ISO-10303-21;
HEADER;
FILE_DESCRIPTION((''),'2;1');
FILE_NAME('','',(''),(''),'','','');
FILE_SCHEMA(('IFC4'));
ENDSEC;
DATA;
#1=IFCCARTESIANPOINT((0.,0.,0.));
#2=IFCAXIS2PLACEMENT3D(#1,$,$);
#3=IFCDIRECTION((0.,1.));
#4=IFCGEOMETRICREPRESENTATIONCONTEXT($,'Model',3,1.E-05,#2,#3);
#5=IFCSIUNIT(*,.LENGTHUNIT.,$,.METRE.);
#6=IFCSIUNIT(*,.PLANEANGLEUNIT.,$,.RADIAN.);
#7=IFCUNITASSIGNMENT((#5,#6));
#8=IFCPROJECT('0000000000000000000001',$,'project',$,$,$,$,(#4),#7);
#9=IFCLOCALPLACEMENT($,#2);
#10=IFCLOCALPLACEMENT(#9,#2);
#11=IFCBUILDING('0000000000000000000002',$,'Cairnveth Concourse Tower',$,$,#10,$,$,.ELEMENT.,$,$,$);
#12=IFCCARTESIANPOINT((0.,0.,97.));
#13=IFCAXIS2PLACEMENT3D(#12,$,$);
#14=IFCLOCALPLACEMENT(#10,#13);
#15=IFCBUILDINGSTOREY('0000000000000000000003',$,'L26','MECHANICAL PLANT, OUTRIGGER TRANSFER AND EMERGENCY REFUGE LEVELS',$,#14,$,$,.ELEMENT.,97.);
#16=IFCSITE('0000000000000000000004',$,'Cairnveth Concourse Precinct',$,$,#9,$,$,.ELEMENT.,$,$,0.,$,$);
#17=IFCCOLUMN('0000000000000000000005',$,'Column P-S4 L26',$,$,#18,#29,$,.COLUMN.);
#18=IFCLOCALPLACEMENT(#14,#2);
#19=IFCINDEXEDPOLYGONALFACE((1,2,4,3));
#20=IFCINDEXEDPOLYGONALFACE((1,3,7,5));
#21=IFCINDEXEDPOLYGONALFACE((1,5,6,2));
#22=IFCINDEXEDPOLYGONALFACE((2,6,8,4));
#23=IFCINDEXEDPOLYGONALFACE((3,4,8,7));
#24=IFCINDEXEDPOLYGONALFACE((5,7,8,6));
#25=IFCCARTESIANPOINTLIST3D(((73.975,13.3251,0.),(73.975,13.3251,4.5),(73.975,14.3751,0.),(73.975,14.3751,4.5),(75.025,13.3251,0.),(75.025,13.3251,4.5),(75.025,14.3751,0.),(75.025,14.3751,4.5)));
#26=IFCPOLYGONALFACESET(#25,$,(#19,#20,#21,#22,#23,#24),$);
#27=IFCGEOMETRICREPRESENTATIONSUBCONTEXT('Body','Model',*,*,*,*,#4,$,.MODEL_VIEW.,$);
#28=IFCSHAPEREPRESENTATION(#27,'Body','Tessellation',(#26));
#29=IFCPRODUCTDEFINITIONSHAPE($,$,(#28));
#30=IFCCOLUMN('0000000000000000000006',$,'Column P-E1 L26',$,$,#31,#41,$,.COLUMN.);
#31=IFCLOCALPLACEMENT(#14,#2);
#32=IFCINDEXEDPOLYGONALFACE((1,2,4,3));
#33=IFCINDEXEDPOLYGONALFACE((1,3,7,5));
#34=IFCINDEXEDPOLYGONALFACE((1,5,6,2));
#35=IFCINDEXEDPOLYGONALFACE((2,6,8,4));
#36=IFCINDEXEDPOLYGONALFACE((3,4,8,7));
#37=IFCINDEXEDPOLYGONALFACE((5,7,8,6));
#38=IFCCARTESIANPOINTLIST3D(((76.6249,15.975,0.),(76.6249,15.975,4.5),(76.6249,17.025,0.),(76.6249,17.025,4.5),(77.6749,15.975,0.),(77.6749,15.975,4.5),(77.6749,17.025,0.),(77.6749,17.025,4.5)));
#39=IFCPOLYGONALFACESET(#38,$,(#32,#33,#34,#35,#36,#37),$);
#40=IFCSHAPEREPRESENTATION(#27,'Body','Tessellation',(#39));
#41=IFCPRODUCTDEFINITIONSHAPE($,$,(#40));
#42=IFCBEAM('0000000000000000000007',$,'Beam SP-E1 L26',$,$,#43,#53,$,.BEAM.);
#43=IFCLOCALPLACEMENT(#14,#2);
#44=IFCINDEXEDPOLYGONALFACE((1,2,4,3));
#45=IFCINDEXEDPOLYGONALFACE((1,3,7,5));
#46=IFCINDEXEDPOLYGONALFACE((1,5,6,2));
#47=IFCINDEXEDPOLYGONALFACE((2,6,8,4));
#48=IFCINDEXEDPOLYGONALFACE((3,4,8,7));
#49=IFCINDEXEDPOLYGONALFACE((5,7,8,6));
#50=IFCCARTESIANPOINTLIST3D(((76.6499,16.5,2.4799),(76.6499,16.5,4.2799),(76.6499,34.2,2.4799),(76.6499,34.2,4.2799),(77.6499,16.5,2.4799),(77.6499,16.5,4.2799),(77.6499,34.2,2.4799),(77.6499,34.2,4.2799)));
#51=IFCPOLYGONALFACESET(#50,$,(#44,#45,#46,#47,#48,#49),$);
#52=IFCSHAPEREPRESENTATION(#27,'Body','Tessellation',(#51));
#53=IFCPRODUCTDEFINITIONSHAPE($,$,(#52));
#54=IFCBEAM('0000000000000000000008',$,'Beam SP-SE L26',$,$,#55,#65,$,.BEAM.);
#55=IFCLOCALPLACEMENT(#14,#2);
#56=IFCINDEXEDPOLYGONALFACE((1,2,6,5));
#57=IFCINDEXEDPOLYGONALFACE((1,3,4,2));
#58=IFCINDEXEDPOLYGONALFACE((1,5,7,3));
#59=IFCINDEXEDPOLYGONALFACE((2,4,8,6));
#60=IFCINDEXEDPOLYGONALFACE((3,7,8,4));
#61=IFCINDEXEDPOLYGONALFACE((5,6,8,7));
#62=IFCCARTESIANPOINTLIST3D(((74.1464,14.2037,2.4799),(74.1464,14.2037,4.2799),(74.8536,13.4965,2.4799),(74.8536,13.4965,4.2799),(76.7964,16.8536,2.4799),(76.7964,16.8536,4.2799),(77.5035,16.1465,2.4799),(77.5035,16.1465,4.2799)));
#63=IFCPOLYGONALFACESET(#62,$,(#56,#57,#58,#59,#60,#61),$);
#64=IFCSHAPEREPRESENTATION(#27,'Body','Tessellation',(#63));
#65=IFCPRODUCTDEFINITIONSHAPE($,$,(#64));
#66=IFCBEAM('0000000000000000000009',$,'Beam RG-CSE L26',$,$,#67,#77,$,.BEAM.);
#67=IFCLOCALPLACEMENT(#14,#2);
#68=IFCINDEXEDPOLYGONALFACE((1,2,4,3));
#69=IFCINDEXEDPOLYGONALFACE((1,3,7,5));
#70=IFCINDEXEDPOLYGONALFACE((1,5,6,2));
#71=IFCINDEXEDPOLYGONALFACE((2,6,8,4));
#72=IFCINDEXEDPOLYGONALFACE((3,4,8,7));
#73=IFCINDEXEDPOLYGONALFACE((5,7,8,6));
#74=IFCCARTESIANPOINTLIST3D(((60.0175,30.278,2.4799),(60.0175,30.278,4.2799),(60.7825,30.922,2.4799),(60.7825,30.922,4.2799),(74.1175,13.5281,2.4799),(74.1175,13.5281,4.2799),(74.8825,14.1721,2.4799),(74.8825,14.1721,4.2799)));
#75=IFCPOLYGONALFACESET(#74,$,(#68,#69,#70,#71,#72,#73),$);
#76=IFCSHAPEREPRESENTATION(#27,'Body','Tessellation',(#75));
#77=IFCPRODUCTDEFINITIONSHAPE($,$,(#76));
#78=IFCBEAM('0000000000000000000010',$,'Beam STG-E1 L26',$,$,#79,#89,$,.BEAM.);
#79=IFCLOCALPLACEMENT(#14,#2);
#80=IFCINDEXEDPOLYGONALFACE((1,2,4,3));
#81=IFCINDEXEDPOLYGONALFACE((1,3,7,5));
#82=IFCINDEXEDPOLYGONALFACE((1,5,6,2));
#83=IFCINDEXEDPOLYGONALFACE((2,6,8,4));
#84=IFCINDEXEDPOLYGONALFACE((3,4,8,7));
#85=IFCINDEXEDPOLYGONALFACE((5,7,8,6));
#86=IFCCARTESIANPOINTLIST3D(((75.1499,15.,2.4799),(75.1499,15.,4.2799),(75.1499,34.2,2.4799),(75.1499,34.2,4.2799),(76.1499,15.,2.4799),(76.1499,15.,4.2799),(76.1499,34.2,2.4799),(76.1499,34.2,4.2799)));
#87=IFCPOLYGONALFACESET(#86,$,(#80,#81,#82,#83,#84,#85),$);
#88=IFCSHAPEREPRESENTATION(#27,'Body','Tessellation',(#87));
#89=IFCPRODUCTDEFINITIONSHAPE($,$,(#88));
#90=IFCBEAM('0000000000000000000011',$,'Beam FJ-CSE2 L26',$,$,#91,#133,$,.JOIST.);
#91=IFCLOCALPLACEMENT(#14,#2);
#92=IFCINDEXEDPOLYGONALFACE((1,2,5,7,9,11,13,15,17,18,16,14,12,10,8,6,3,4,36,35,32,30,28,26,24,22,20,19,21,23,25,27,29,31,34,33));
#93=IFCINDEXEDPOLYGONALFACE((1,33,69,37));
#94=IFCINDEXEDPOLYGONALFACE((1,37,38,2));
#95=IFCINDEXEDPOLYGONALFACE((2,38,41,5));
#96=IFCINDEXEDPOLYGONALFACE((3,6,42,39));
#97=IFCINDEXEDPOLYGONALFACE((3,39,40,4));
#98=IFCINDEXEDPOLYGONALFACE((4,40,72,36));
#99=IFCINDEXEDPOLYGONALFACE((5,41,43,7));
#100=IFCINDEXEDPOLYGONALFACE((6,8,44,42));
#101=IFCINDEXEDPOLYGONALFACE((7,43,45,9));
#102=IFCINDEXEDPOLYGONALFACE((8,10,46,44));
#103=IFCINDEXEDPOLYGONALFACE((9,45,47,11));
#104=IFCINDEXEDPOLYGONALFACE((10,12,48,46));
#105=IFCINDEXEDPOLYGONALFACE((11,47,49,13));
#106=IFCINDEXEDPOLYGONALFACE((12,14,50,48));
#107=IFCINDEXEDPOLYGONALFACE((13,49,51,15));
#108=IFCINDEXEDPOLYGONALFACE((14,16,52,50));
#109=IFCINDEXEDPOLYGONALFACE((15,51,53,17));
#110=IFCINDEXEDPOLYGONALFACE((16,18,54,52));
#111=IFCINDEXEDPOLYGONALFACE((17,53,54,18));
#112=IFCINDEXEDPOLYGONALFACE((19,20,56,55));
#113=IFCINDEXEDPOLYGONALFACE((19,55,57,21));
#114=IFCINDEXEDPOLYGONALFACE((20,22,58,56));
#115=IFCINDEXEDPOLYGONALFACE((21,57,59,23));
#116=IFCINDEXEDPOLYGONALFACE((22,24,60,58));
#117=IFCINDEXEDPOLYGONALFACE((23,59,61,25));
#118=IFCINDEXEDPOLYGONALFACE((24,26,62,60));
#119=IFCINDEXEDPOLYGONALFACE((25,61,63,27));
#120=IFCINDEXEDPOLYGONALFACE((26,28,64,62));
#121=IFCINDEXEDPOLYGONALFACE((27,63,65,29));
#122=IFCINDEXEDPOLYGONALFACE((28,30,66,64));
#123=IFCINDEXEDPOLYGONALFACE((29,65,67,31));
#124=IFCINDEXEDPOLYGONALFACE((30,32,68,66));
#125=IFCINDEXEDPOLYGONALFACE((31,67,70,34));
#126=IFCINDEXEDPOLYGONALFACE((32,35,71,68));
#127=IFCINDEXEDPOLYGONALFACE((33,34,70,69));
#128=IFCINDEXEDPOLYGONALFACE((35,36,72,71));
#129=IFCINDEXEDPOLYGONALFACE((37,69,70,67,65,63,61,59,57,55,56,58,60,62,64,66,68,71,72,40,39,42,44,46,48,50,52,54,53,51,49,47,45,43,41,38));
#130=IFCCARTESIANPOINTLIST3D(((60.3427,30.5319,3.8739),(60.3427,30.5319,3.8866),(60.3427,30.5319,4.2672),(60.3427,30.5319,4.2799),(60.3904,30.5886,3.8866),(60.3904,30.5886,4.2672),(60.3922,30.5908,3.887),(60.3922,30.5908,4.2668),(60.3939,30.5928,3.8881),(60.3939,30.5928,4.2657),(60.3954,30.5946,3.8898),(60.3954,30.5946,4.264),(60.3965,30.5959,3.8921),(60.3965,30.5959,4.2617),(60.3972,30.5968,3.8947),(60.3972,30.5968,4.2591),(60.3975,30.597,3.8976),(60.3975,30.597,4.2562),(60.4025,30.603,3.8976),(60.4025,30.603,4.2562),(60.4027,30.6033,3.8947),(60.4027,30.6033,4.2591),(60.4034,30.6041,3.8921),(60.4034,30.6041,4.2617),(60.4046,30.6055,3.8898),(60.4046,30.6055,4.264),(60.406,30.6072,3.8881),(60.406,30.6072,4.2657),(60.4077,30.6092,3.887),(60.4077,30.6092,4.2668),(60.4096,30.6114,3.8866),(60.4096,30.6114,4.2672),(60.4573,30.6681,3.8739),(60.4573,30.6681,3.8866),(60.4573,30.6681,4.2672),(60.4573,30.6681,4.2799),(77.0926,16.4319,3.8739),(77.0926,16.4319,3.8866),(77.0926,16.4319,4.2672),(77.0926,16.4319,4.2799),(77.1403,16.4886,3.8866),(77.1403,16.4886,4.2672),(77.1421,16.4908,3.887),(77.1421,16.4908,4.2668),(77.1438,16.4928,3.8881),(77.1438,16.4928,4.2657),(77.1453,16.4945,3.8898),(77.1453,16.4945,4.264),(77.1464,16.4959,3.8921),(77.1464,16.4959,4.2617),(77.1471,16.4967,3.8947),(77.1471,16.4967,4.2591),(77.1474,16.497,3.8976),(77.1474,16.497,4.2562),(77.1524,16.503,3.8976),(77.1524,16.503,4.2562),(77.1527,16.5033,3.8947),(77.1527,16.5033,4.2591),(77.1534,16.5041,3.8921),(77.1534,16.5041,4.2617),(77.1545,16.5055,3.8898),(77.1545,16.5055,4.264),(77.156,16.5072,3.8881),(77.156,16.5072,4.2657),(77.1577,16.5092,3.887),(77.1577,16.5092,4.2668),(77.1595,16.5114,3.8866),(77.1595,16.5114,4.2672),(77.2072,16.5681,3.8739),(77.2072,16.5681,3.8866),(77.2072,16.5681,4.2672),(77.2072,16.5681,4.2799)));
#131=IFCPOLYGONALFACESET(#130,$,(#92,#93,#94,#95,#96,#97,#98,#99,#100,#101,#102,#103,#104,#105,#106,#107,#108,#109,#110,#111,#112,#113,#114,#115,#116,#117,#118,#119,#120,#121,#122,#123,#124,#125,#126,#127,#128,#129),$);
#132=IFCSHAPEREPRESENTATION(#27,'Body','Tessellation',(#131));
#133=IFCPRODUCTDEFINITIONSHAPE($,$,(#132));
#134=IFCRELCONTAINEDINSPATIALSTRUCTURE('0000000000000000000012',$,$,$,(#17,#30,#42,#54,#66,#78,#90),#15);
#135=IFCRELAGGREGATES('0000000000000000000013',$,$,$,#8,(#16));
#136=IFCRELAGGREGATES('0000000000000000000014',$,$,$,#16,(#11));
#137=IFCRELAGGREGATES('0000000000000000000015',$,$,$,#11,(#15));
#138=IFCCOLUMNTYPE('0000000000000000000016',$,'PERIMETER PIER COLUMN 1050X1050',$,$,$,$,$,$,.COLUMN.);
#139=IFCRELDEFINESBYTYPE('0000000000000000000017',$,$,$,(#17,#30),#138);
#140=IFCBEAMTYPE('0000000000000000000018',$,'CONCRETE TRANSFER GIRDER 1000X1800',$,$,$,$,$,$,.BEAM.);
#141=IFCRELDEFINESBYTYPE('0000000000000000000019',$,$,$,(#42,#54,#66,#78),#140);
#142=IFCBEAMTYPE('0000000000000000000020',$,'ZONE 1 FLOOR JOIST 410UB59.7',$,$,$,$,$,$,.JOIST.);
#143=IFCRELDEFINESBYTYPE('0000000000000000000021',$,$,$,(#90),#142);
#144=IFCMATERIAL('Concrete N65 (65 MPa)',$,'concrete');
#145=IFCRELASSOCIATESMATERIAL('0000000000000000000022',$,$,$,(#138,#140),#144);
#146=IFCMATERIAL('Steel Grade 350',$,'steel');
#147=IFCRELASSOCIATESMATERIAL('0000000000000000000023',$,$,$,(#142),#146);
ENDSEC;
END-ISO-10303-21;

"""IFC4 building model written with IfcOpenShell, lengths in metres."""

from ifc_helpers import new_model, si_unit, direction, frame, origin, origin_2d, place, context, subcontext, project, spatial, rectangle, i_section, extrude, material, material_profile, profile_set, type_object, element, save


model = new_model("IFC4")

# Units and contexts
model_context = context("Model", 3, precision=1e-05, world=origin(), true_north=direction((0.0, 1.0)))
body_context = subcontext(model_context, "Body", "Model", "MODEL_VIEW")
ifc_project = project(units=[si_unit("LENGTHUNIT", "METRE"), si_unit("PLANEANGLEUNIT", "RADIAN")], contexts=[model_context])

# Site, building, storey
site_placement = place(None, origin())
site = spatial("IfcSite", under=ifc_project, at=site_placement, Name="Cairnveth Concourse Precinct", CompositionType="ELEMENT", RefElevation=0.0)
building_placement = place(site_placement, origin())
building = spatial("IfcBuilding", under=site, at=building_placement, Name="Cairnveth Concourse Tower", CompositionType="ELEMENT")
storey_placement = place(building_placement, frame((0.0, 0.0, 97.0)))
storey = spatial("IfcBuildingStorey", under=building, at=storey_placement, Name="L26", Description="MECHANICAL PLANT, OUTRIGGER TRANSFER AND EMERGENCY REFUGE LEVELS", CompositionType="ELEMENT", Elevation=97.0)

# Columns
ifc_material_1 = material(Name="Concrete N65 (65 MPa)", Category="concrete")
ifc_material_profile_1 = material_profile(ifc_material_1, rectangle(XDim=1.05, YDim=1.05, at=origin_2d()), Name="RC-COL-1050x1050")
ifc_profile_set_1 = profile_set([ifc_material_profile_1], Name="Concrete N65 (65 MPa)")
column_type = type_object("IfcColumnType", Name="PERIMETER PIER COLUMN 1050X1050", PredefinedType="COLUMN", material=ifc_profile_set_1)
for number, where, z_axis, x_axis, name in (
    (1, (74.5, 13.8501, 0.0), (0.0, 0.0, 1.0), (1.0, 0.0, 0.0), "Column P-S4 L26"),
    (2, (77.1499, 16.5, 0.0), (0.0, 0.0, 1.0), (0.0, 1.0, 0.0), "Column P-E1 L26"),
):
    element("IfcColumn", number, at=place(storey_placement, frame(where, z_axis=z_axis, x_axis=x_axis)), inside=storey, type_object=column_type, Name=name, PredefinedType="COLUMN", context=body_context, shape_type="SweptSolid", body=[
        extrude(rectangle(XDim=1.05, YDim=1.05, at=origin_2d()), origin(), (0.0, 0.0, 1.0), 4.5),
    ])

# Beams
ifc_material_profile_2 = material_profile(ifc_material_1, rectangle(XDim=1.0, YDim=1.8, at=origin_2d()), Name="RC-TB-1000x1800")
ifc_profile_set_2 = profile_set([ifc_material_profile_2], Name="Concrete N65 (65 MPa)")
beam_type_1 = type_object("IfcBeamType", Name="CONCRETE TRANSFER GIRDER 1000X1800", PredefinedType="BEAM", material=ifc_profile_set_2)
beam_1_placement = place(storey_placement, frame((77.1499, 16.5, 3.3799), z_axis=(0.0, 1.0, 0.0), x_axis=(-1.0, 0.0, 0.0)))
element("IfcBeam", 3, at=beam_1_placement, inside=storey, type_object=beam_type_1, Name="Beam SP-E1 L26", PredefinedType="BEAM", context=body_context, shape_type="SweptSolid", body=[
    extrude(rectangle(XDim=1.0, YDim=1.8, at=origin_2d()), origin(), (0.0, 0.0, 1.0), 17.7),
])
beam_2_placement = place(storey_placement, frame((74.5, 13.8501, 3.3799), z_axis=(0.707107, 0.707107, 0.0), x_axis=(-0.707107, 0.707107, 0.0)))
element("IfcBeam", 4, at=beam_2_placement, inside=storey, type_object=beam_type_1, Name="Beam SP-SE L26", PredefinedType="BEAM", context=body_context, shape_type="SweptSolid", body=[
    extrude(rectangle(XDim=1.0, YDim=1.8, at=origin_2d()), origin(), (0.0, 0.0, 1.0), 3.7476),
])
beam_3_placement = place(storey_placement, frame((74.5, 13.8501, 3.3799), z_axis=(-0.643998, 0.765027, 0.0), x_axis=(-0.765027, -0.643998, 0.0)))
element("IfcBeam", 5, at=beam_3_placement, inside=storey, type_object=beam_type_1, Name="Beam RG-CSE L26", PredefinedType="BEAM", context=body_context, shape_type="SweptSolid", body=[
    extrude(rectangle(XDim=1.0, YDim=1.8, at=origin_2d()), origin(), (0.0, 0.0, 1.0), 21.8945),
])
beam_4_placement = place(storey_placement, frame((75.6499, 15.0, 3.3799), z_axis=(0.0, 1.0, 0.0), x_axis=(-1.0, 0.0, 0.0)))
element("IfcBeam", 6, at=beam_4_placement, inside=storey, type_object=beam_type_1, Name="Beam STG-E1 L26", PredefinedType="BEAM", context=body_context, shape_type="SweptSolid", body=[
    extrude(rectangle(XDim=1.0, YDim=1.8, at=origin_2d()), origin(), (0.0, 0.0, 1.0), 19.2),
])
ifc_material_2 = material(Name="Steel Grade 350", Category="steel")
ifc_material_profile_3 = material_profile(ifc_material_2, i_section(OverallWidth=0.178, OverallDepth=0.406, WebThickness=0.0078, FlangeThickness=0.0127, FilletRadius=0.011, at=origin_2d()), Name="410UB59.7")
ifc_profile_set_3 = profile_set([ifc_material_profile_3], Name="Steel Grade 350")
beam_type_2 = type_object("IfcBeamType", Name="ZONE 1 FLOOR JOIST 410UB59.7", PredefinedType="JOIST", material=ifc_profile_set_3)
beam_5_placement = place(storey_placement, frame((77.1499, 16.5, 4.0769), z_axis=(-0.765027, 0.643998, 0.0), x_axis=(-0.643998, -0.765027, 0.0)))
element("IfcBeam", 7, at=beam_5_placement, inside=storey, type_object=beam_type_2, Name="Beam FJ-CSE2 L26", PredefinedType="JOIST", context=body_context, shape_type="SweptSolid", body=[
    extrude(i_section(OverallWidth=0.178, OverallDepth=0.406, WebThickness=0.0078, FlangeThickness=0.0127, FilletRadius=0.011, at=origin_2d()), origin(), (0.0, 0.0, 1.0), 21.8945),
])

save(model, "model.ifc")
